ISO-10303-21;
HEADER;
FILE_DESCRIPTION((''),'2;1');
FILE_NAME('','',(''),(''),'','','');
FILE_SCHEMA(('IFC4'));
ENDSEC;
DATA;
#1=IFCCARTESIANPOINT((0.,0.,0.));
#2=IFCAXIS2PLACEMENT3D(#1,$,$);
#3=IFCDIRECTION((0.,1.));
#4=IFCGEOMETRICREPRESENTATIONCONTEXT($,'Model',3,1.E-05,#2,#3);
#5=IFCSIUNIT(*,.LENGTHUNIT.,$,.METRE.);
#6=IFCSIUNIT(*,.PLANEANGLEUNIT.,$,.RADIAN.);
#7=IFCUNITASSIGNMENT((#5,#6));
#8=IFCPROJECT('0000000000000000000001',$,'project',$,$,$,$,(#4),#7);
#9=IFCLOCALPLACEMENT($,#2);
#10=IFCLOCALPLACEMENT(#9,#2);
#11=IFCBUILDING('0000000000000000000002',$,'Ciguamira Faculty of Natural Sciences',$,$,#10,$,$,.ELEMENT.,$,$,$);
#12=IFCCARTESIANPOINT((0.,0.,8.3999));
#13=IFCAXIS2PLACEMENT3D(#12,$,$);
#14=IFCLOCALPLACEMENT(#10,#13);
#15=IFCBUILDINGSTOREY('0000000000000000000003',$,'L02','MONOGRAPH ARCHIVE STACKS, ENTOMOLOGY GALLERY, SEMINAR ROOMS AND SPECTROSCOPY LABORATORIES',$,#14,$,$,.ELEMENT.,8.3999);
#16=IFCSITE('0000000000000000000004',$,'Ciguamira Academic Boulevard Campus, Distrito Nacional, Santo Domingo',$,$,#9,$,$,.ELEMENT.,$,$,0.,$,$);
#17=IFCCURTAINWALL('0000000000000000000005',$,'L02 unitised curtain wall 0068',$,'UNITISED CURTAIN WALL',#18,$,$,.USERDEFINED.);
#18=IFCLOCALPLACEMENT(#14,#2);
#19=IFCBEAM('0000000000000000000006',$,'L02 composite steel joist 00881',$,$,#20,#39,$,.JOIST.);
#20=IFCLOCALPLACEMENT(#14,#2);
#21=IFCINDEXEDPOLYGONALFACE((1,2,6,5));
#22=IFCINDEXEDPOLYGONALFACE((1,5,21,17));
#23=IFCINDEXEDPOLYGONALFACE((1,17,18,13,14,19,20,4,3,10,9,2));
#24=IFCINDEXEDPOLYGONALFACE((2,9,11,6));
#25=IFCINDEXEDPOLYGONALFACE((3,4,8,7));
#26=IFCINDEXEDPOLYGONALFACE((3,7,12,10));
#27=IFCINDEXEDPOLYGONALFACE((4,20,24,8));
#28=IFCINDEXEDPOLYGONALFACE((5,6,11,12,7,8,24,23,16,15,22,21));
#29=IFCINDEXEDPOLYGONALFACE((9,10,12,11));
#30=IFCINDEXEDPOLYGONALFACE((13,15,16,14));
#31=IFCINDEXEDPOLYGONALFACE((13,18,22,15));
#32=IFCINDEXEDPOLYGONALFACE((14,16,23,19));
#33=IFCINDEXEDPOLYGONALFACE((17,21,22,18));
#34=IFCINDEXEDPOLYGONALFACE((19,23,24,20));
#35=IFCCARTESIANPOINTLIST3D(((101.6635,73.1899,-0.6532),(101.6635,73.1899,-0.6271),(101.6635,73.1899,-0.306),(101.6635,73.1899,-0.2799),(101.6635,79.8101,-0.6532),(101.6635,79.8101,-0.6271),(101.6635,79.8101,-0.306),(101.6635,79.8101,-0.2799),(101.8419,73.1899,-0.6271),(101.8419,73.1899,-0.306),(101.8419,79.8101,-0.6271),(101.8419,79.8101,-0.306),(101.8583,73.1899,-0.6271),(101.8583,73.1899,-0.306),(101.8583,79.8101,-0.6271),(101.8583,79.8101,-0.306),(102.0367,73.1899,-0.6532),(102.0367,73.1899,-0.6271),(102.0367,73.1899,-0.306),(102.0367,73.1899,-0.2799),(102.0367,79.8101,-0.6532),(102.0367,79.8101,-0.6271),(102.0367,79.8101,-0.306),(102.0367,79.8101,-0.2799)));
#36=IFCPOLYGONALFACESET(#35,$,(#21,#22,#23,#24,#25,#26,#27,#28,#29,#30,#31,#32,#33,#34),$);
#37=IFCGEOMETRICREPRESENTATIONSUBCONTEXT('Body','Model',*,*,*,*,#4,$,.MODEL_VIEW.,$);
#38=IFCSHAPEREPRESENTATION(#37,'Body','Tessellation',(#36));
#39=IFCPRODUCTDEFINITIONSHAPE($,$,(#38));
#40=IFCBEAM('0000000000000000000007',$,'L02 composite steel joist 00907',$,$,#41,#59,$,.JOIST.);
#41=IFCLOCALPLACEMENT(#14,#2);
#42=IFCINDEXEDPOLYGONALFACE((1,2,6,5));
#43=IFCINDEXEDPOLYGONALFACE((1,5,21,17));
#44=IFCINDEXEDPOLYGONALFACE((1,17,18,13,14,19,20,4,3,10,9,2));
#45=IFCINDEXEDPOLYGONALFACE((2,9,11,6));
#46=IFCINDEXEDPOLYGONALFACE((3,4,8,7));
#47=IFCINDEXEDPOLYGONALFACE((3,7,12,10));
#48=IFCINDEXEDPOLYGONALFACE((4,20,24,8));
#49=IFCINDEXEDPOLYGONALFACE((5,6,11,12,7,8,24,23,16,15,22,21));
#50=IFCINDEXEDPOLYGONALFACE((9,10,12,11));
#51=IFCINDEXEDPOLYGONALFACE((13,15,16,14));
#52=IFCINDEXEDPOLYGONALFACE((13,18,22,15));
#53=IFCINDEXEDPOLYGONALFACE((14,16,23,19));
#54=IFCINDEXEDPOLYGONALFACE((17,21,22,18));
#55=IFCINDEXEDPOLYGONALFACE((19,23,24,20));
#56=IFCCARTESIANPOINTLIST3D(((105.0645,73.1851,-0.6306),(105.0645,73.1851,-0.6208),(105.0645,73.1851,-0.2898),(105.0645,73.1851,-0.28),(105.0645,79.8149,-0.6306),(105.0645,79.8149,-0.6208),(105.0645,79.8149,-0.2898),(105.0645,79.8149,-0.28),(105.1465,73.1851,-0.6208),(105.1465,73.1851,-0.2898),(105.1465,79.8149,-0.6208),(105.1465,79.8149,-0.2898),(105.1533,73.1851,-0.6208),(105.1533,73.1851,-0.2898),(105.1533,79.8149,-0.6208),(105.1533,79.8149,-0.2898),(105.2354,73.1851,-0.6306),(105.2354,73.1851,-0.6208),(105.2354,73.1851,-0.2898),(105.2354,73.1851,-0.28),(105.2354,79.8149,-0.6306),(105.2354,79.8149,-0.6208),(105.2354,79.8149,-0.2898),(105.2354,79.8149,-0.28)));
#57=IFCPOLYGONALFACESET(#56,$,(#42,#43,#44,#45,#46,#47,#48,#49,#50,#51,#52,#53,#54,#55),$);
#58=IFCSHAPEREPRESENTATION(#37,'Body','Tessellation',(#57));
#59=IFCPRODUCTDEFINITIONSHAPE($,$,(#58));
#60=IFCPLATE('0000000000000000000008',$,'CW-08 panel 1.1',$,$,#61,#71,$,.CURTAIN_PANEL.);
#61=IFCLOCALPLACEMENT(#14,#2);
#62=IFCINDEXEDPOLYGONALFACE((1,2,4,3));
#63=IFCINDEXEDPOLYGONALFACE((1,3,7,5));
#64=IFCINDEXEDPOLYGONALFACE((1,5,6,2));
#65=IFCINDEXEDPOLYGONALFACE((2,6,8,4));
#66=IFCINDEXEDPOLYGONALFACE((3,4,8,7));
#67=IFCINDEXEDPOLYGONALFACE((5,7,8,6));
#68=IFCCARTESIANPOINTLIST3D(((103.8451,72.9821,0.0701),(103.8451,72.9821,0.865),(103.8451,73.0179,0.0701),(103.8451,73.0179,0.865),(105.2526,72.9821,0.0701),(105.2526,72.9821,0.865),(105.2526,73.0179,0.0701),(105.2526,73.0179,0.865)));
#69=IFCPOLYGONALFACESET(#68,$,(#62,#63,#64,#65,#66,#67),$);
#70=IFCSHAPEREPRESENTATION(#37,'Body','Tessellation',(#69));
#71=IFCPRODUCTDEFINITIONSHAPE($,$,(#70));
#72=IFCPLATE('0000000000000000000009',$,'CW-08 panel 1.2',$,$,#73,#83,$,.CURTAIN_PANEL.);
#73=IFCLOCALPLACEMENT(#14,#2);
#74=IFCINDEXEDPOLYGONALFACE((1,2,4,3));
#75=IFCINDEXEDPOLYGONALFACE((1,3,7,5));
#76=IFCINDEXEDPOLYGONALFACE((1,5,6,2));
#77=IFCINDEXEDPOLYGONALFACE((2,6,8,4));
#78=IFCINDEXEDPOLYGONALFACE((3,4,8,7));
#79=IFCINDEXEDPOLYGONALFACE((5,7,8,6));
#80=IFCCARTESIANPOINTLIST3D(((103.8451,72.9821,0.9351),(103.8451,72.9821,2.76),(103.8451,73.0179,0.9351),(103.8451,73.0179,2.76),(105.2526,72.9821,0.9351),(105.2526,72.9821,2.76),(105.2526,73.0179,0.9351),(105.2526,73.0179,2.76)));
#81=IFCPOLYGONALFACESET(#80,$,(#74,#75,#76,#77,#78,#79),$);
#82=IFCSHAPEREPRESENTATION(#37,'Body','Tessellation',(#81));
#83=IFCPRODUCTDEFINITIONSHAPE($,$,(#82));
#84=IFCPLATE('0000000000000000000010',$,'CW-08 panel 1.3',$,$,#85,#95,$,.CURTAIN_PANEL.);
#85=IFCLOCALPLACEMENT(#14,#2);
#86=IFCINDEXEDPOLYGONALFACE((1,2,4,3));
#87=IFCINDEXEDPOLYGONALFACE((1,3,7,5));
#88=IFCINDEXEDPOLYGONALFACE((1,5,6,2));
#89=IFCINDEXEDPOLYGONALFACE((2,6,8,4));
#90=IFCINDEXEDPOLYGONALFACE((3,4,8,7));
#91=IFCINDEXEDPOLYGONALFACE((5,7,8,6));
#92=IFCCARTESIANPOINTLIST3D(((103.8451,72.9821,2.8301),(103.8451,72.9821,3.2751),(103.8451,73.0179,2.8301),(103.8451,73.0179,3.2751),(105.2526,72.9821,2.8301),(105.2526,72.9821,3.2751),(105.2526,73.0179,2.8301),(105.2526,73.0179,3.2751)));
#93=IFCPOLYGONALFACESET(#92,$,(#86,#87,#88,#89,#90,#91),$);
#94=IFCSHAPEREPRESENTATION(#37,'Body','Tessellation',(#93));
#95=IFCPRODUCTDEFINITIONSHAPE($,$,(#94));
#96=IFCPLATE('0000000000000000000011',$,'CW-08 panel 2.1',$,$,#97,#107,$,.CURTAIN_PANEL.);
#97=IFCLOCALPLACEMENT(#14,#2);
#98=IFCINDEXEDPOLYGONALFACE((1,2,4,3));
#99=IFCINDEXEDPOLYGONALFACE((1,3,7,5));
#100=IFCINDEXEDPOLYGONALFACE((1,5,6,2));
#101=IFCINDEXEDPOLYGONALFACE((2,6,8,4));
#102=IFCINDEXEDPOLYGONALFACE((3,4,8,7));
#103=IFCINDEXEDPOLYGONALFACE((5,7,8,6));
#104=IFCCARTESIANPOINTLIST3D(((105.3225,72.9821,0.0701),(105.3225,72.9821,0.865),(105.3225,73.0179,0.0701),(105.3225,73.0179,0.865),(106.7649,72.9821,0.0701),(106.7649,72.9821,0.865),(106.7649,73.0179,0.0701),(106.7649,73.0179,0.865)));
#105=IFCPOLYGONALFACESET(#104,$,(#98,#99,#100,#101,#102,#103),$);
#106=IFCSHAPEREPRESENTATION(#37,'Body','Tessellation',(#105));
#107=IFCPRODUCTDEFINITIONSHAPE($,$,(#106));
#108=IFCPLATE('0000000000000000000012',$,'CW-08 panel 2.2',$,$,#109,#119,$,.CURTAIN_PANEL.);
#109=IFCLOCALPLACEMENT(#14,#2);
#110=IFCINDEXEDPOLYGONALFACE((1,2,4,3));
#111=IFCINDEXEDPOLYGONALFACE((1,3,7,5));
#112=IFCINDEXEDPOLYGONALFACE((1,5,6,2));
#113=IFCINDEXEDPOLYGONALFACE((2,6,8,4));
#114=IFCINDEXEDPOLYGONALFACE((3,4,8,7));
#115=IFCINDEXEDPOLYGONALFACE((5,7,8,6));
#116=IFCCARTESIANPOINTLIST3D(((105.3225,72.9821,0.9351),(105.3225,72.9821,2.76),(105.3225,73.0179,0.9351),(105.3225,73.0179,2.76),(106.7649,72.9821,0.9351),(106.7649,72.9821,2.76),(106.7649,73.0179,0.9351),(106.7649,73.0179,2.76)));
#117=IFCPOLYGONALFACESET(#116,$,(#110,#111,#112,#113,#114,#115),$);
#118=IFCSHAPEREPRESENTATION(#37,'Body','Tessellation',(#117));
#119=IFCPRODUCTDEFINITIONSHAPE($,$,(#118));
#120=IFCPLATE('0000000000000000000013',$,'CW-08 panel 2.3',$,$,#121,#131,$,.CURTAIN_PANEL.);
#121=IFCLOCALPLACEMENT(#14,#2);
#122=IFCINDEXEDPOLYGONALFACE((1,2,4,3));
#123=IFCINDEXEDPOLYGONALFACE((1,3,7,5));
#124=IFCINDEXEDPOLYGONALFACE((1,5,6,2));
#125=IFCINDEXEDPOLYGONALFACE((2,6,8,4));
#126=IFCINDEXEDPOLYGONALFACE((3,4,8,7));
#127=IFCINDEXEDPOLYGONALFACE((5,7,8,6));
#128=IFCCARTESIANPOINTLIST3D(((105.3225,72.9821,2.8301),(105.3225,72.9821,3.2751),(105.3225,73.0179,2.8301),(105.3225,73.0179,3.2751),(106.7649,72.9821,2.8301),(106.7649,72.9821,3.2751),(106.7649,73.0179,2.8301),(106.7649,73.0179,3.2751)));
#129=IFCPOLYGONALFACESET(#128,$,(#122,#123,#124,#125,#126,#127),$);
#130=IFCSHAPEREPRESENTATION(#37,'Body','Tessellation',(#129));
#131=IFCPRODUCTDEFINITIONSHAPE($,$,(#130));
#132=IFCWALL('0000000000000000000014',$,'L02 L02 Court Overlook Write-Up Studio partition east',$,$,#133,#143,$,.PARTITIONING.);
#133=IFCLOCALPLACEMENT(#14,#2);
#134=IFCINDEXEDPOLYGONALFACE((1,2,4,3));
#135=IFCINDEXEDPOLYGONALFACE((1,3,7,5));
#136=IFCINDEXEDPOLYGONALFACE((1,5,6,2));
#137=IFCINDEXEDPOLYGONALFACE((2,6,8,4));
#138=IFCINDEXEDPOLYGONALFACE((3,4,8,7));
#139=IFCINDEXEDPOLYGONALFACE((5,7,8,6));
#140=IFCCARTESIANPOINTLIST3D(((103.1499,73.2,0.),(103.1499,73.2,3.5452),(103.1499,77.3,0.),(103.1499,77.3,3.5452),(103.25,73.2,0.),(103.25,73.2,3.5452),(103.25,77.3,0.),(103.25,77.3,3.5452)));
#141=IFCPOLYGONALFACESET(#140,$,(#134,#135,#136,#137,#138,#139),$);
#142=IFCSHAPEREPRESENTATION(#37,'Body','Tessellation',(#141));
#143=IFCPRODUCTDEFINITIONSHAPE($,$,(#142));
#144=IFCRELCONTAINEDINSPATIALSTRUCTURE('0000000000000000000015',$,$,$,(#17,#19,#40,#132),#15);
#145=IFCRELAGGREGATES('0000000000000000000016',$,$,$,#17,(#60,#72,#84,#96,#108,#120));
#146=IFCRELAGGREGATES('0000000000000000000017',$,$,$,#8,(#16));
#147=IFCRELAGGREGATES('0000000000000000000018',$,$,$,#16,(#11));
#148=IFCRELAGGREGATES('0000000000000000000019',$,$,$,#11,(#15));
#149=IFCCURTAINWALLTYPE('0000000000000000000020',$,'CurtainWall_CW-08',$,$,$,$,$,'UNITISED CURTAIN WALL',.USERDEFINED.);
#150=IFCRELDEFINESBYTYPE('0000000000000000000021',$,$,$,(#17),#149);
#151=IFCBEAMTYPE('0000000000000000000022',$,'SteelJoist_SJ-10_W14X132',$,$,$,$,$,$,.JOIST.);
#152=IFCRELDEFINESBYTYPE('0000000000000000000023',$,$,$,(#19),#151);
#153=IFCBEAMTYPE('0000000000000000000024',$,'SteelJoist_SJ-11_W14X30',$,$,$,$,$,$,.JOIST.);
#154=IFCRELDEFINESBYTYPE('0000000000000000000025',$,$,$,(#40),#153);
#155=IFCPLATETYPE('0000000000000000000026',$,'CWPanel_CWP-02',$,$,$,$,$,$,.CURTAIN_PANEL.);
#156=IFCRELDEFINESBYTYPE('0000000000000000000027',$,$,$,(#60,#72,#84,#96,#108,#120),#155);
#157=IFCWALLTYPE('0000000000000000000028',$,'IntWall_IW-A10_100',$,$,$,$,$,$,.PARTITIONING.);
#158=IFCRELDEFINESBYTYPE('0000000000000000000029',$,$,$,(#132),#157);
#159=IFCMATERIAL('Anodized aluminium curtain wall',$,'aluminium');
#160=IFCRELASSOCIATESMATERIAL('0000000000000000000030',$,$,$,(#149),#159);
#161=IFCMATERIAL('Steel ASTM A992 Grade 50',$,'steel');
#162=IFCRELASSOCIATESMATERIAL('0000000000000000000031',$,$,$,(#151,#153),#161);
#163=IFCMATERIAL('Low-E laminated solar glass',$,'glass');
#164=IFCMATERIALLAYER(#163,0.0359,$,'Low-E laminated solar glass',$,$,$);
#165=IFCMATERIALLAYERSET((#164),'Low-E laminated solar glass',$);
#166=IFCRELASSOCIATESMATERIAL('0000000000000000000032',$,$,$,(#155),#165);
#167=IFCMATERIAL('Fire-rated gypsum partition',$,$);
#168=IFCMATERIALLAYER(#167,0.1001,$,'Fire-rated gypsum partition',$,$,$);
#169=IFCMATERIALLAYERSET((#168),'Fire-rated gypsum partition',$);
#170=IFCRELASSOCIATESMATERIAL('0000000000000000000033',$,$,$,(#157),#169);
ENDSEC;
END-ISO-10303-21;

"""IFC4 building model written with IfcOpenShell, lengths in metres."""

from ifc_helpers import new_model, si_unit, direction, frame, frame_2d, origin, origin_2d, place, context, subcontext, project, spatial, rectangle, i_section, extrude, material, layer, layer_set, material_profile, profile_set, type_object, element, aggregate, save


model = new_model("IFC4")

# Units and contexts
model_context = context("Model", 3, precision=1e-05, world=origin(), true_north=direction((0.0, 1.0)))
body_context = subcontext(model_context, "Body", "Model", "MODEL_VIEW")
ifc_project = project(units=[si_unit("LENGTHUNIT", "METRE"), si_unit("PLANEANGLEUNIT", "RADIAN")], contexts=[model_context])

# Site, building, storey
site_placement = place(None, origin())
site = spatial("IfcSite", under=ifc_project, at=site_placement, Name="Ciguamira Academic Boulevard Campus, Distrito Nacional, Santo Domingo", CompositionType="ELEMENT", RefElevation=0.0)
building_placement = place(site_placement, origin())
building = spatial("IfcBuilding", under=site, at=building_placement, Name="Ciguamira Faculty of Natural Sciences", CompositionType="ELEMENT")
storey_placement = place(building_placement, frame((0.0, 0.0, 8.3999)))
storey = spatial("IfcBuildingStorey", under=building, at=storey_placement, Name="L02", Description="MONOGRAPH ARCHIVE STACKS, ENTOMOLOGY GALLERY, SEMINAR ROOMS AND SPECTROSCOPY LABORATORIES", CompositionType="ELEMENT", Elevation=8.3999)

# Curtain wall
ifc_material_1 = material(Name="Anodized aluminium curtain wall", Category="aluminium")
curtain_wall_type = type_object("IfcCurtainWallType", Name="CurtainWall_CW-08", ElementType="UNITISED CURTAIN WALL", PredefinedType="USERDEFINED", material=ifc_material_1)
curtain_wall_placement = place(storey_placement, origin())
curtain_wall = element("IfcCurtainWall", 1, at=curtain_wall_placement, inside=storey, type_object=curtain_wall_type, Name="L02 unitised curtain wall 0068", ObjectType="UNITISED CURTAIN WALL", PredefinedType="USERDEFINED")

# Beams
ifc_material_2 = material(Name="Steel ASTM A992 Grade 50", Category="steel")
ifc_material_profile_1 = material_profile(ifc_material_2, i_section(OverallWidth=0.3733, OverallDepth=0.3733, WebThickness=0.0164, FlangeThickness=0.0261, at=origin_2d()), Name="W14X132")
ifc_profile_set_1 = profile_set([ifc_material_profile_1], Name="Steel ASTM A992 Grade 50")
beam_type_1 = type_object("IfcBeamType", Name="SteelJoist_SJ-10_W14X132", PredefinedType="JOIST", material=ifc_profile_set_1)
beam_1_placement = place(storey_placement, frame((101.8501, 73.1899, -0.4666), z_axis=(0.0, 1.0, 0.0), x_axis=(-1.0, 0.0, 0.0)))
element("IfcBeam", 2, at=beam_1_placement, inside=storey, type_object=beam_type_1, Name="L02 composite steel joist 00881", PredefinedType="JOIST", context=body_context, shape_type="SweptSolid", body=[
    extrude(i_section(OverallWidth=0.3733, OverallDepth=0.3733, WebThickness=0.0164, FlangeThickness=0.0261, at=origin_2d()), origin(), (0.0, 0.0, 1.0), 6.6201),
])
ifc_material_profile_2 = material_profile(ifc_material_2, i_section(OverallWidth=0.1709, OverallDepth=0.3506, WebThickness=0.0068, FlangeThickness=0.0098, at=origin_2d()), Name="W14X30")
ifc_profile_set_2 = profile_set([ifc_material_profile_2], Name="Steel ASTM A992 Grade 50")
beam_type_2 = type_object("IfcBeamType", Name="SteelJoist_SJ-11_W14X30", PredefinedType="JOIST", material=ifc_profile_set_2)
beam_2_placement = place(storey_placement, frame((105.1499, 73.1851, -0.4553), z_axis=(0.0, 1.0, 0.0), x_axis=(-1.0, 0.0, 0.0)))
element("IfcBeam", 3, at=beam_2_placement, inside=storey, type_object=beam_type_2, Name="L02 composite steel joist 00907", PredefinedType="JOIST", context=body_context, shape_type="SweptSolid", body=[
    extrude(i_section(OverallWidth=0.1709, OverallDepth=0.3506, WebThickness=0.0068, FlangeThickness=0.0098, at=origin_2d()), origin(), (0.0, 0.0, 1.0), 6.6299),
])

# Plates
ifc_material_3 = material(Name="Low-E laminated solar glass", Category="glass")
ifc_layer_1 = layer(ifc_material_3, 0.0359, Name="Low-E laminated solar glass")
ifc_layer_set_1 = layer_set([ifc_layer_1], Name="Low-E laminated solar glass")
plate_type = type_object("IfcPlateType", Name="CWPanel_CWP-02", PredefinedType="CURTAIN_PANEL", material=ifc_layer_set_1)
plate_1_placement = place(storey_placement, frame((104.5488, 73.0, 0.0701), z_axis=(0.0, 0.0, 1.0), x_axis=(1.0, 0.0, 0.0)))
plate_1 = element("IfcPlate", 4, at=plate_1_placement, type_object=plate_type, Name="CW-08 panel 1.1", PredefinedType="CURTAIN_PANEL", context=body_context, shape_type="SweptSolid", body=[
    extrude(rectangle(XDim=1.4075, YDim=0.0359, at=origin_2d()), origin(), (0.0, 0.0, 1.0), 0.7949),
])
plate_2_placement = place(storey_placement, frame((104.5488, 73.0, 0.9351), z_axis=(0.0, 0.0, 1.0), x_axis=(1.0, 0.0, 0.0)))
plate_2 = element("IfcPlate", 5, at=plate_2_placement, type_object=plate_type, Name="CW-08 panel 1.2", PredefinedType="CURTAIN_PANEL", context=body_context, shape_type="SweptSolid", body=[
    extrude(rectangle(XDim=1.4075, YDim=0.0359, at=origin_2d()), origin(), (0.0, 0.0, 1.0), 1.825),
])
plate_3_placement = place(storey_placement, frame((104.5488, 73.0, 2.8301), z_axis=(0.0, 0.0, 1.0), x_axis=(1.0, 0.0, 0.0)))
plate_3 = element("IfcPlate", 6, at=plate_3_placement, type_object=plate_type, Name="CW-08 panel 1.3", PredefinedType="CURTAIN_PANEL", context=body_context, shape_type="SweptSolid", body=[
    extrude(rectangle(XDim=1.4075, YDim=0.0359, at=origin_2d()), origin(), (0.0, 0.0, 1.0), 0.4451),
])
plate_4_placement = place(storey_placement, frame((106.0437, 73.0, 0.0701), z_axis=(0.0, 0.0, 1.0), x_axis=(1.0, 0.0, 0.0)))
plate_4 = element("IfcPlate", 7, at=plate_4_placement, type_object=plate_type, Name="CW-08 panel 2.1", PredefinedType="CURTAIN_PANEL", context=body_context, shape_type="SweptSolid", body=[
    extrude(rectangle(XDim=1.4424, YDim=0.0359, at=origin_2d()), origin(), (0.0, 0.0, 1.0), 0.7949),
])
plate_5_placement = place(storey_placement, frame((106.0437, 73.0, 0.9351), z_axis=(0.0, 0.0, 1.0), x_axis=(1.0, 0.0, 0.0)))
plate_5 = element("IfcPlate", 8, at=plate_5_placement, type_object=plate_type, Name="CW-08 panel 2.2", PredefinedType="CURTAIN_PANEL", context=body_context, shape_type="SweptSolid", body=[
    extrude(rectangle(XDim=1.4424, YDim=0.0359, at=origin_2d()), origin(), (0.0, 0.0, 1.0), 1.825),
])
plate_6_placement = place(storey_placement, frame((106.0437, 73.0, 2.8301), z_axis=(0.0, 0.0, 1.0), x_axis=(1.0, 0.0, 0.0)))
plate_6 = element("IfcPlate", 9, at=plate_6_placement, type_object=plate_type, Name="CW-08 panel 2.3", PredefinedType="CURTAIN_PANEL", context=body_context, shape_type="SweptSolid", body=[
    extrude(rectangle(XDim=1.4424, YDim=0.0359, at=origin_2d()), origin(), (0.0, 0.0, 1.0), 0.4451),
])
aggregate(curtain_wall, [plate_1, plate_2, plate_3, plate_4, plate_5, plate_6])

# Wall
ifc_material_4 = material(Name="Fire-rated gypsum partition")
ifc_layer_2 = layer(ifc_material_4, 0.1001, Name="Fire-rated gypsum partition")
ifc_layer_set_2 = layer_set([ifc_layer_2], Name="Fire-rated gypsum partition")
wall_type = type_object("IfcWallType", Name="IntWall_IW-A10_100", PredefinedType="PARTITIONING", material=ifc_layer_set_2)
wall_placement = place(storey_placement, frame((103.2, 73.2, 0.0), z_axis=(0.0, 0.0, 1.0), x_axis=(0.0, 1.0, 0.0)))
element("IfcWall", 10, at=wall_placement, inside=storey, type_object=wall_type, Name="L02 L02 Court Overlook Write-Up Studio partition east", PredefinedType="PARTITIONING", context=body_context, shape_type="SweptSolid", body=[
    extrude(rectangle(XDim=4.1001, YDim=0.1001, at=frame_2d((2.05, 0.0))), origin(), (0.0, 0.0, 1.0), 3.5452),
])

save(model, "model.ifc")
